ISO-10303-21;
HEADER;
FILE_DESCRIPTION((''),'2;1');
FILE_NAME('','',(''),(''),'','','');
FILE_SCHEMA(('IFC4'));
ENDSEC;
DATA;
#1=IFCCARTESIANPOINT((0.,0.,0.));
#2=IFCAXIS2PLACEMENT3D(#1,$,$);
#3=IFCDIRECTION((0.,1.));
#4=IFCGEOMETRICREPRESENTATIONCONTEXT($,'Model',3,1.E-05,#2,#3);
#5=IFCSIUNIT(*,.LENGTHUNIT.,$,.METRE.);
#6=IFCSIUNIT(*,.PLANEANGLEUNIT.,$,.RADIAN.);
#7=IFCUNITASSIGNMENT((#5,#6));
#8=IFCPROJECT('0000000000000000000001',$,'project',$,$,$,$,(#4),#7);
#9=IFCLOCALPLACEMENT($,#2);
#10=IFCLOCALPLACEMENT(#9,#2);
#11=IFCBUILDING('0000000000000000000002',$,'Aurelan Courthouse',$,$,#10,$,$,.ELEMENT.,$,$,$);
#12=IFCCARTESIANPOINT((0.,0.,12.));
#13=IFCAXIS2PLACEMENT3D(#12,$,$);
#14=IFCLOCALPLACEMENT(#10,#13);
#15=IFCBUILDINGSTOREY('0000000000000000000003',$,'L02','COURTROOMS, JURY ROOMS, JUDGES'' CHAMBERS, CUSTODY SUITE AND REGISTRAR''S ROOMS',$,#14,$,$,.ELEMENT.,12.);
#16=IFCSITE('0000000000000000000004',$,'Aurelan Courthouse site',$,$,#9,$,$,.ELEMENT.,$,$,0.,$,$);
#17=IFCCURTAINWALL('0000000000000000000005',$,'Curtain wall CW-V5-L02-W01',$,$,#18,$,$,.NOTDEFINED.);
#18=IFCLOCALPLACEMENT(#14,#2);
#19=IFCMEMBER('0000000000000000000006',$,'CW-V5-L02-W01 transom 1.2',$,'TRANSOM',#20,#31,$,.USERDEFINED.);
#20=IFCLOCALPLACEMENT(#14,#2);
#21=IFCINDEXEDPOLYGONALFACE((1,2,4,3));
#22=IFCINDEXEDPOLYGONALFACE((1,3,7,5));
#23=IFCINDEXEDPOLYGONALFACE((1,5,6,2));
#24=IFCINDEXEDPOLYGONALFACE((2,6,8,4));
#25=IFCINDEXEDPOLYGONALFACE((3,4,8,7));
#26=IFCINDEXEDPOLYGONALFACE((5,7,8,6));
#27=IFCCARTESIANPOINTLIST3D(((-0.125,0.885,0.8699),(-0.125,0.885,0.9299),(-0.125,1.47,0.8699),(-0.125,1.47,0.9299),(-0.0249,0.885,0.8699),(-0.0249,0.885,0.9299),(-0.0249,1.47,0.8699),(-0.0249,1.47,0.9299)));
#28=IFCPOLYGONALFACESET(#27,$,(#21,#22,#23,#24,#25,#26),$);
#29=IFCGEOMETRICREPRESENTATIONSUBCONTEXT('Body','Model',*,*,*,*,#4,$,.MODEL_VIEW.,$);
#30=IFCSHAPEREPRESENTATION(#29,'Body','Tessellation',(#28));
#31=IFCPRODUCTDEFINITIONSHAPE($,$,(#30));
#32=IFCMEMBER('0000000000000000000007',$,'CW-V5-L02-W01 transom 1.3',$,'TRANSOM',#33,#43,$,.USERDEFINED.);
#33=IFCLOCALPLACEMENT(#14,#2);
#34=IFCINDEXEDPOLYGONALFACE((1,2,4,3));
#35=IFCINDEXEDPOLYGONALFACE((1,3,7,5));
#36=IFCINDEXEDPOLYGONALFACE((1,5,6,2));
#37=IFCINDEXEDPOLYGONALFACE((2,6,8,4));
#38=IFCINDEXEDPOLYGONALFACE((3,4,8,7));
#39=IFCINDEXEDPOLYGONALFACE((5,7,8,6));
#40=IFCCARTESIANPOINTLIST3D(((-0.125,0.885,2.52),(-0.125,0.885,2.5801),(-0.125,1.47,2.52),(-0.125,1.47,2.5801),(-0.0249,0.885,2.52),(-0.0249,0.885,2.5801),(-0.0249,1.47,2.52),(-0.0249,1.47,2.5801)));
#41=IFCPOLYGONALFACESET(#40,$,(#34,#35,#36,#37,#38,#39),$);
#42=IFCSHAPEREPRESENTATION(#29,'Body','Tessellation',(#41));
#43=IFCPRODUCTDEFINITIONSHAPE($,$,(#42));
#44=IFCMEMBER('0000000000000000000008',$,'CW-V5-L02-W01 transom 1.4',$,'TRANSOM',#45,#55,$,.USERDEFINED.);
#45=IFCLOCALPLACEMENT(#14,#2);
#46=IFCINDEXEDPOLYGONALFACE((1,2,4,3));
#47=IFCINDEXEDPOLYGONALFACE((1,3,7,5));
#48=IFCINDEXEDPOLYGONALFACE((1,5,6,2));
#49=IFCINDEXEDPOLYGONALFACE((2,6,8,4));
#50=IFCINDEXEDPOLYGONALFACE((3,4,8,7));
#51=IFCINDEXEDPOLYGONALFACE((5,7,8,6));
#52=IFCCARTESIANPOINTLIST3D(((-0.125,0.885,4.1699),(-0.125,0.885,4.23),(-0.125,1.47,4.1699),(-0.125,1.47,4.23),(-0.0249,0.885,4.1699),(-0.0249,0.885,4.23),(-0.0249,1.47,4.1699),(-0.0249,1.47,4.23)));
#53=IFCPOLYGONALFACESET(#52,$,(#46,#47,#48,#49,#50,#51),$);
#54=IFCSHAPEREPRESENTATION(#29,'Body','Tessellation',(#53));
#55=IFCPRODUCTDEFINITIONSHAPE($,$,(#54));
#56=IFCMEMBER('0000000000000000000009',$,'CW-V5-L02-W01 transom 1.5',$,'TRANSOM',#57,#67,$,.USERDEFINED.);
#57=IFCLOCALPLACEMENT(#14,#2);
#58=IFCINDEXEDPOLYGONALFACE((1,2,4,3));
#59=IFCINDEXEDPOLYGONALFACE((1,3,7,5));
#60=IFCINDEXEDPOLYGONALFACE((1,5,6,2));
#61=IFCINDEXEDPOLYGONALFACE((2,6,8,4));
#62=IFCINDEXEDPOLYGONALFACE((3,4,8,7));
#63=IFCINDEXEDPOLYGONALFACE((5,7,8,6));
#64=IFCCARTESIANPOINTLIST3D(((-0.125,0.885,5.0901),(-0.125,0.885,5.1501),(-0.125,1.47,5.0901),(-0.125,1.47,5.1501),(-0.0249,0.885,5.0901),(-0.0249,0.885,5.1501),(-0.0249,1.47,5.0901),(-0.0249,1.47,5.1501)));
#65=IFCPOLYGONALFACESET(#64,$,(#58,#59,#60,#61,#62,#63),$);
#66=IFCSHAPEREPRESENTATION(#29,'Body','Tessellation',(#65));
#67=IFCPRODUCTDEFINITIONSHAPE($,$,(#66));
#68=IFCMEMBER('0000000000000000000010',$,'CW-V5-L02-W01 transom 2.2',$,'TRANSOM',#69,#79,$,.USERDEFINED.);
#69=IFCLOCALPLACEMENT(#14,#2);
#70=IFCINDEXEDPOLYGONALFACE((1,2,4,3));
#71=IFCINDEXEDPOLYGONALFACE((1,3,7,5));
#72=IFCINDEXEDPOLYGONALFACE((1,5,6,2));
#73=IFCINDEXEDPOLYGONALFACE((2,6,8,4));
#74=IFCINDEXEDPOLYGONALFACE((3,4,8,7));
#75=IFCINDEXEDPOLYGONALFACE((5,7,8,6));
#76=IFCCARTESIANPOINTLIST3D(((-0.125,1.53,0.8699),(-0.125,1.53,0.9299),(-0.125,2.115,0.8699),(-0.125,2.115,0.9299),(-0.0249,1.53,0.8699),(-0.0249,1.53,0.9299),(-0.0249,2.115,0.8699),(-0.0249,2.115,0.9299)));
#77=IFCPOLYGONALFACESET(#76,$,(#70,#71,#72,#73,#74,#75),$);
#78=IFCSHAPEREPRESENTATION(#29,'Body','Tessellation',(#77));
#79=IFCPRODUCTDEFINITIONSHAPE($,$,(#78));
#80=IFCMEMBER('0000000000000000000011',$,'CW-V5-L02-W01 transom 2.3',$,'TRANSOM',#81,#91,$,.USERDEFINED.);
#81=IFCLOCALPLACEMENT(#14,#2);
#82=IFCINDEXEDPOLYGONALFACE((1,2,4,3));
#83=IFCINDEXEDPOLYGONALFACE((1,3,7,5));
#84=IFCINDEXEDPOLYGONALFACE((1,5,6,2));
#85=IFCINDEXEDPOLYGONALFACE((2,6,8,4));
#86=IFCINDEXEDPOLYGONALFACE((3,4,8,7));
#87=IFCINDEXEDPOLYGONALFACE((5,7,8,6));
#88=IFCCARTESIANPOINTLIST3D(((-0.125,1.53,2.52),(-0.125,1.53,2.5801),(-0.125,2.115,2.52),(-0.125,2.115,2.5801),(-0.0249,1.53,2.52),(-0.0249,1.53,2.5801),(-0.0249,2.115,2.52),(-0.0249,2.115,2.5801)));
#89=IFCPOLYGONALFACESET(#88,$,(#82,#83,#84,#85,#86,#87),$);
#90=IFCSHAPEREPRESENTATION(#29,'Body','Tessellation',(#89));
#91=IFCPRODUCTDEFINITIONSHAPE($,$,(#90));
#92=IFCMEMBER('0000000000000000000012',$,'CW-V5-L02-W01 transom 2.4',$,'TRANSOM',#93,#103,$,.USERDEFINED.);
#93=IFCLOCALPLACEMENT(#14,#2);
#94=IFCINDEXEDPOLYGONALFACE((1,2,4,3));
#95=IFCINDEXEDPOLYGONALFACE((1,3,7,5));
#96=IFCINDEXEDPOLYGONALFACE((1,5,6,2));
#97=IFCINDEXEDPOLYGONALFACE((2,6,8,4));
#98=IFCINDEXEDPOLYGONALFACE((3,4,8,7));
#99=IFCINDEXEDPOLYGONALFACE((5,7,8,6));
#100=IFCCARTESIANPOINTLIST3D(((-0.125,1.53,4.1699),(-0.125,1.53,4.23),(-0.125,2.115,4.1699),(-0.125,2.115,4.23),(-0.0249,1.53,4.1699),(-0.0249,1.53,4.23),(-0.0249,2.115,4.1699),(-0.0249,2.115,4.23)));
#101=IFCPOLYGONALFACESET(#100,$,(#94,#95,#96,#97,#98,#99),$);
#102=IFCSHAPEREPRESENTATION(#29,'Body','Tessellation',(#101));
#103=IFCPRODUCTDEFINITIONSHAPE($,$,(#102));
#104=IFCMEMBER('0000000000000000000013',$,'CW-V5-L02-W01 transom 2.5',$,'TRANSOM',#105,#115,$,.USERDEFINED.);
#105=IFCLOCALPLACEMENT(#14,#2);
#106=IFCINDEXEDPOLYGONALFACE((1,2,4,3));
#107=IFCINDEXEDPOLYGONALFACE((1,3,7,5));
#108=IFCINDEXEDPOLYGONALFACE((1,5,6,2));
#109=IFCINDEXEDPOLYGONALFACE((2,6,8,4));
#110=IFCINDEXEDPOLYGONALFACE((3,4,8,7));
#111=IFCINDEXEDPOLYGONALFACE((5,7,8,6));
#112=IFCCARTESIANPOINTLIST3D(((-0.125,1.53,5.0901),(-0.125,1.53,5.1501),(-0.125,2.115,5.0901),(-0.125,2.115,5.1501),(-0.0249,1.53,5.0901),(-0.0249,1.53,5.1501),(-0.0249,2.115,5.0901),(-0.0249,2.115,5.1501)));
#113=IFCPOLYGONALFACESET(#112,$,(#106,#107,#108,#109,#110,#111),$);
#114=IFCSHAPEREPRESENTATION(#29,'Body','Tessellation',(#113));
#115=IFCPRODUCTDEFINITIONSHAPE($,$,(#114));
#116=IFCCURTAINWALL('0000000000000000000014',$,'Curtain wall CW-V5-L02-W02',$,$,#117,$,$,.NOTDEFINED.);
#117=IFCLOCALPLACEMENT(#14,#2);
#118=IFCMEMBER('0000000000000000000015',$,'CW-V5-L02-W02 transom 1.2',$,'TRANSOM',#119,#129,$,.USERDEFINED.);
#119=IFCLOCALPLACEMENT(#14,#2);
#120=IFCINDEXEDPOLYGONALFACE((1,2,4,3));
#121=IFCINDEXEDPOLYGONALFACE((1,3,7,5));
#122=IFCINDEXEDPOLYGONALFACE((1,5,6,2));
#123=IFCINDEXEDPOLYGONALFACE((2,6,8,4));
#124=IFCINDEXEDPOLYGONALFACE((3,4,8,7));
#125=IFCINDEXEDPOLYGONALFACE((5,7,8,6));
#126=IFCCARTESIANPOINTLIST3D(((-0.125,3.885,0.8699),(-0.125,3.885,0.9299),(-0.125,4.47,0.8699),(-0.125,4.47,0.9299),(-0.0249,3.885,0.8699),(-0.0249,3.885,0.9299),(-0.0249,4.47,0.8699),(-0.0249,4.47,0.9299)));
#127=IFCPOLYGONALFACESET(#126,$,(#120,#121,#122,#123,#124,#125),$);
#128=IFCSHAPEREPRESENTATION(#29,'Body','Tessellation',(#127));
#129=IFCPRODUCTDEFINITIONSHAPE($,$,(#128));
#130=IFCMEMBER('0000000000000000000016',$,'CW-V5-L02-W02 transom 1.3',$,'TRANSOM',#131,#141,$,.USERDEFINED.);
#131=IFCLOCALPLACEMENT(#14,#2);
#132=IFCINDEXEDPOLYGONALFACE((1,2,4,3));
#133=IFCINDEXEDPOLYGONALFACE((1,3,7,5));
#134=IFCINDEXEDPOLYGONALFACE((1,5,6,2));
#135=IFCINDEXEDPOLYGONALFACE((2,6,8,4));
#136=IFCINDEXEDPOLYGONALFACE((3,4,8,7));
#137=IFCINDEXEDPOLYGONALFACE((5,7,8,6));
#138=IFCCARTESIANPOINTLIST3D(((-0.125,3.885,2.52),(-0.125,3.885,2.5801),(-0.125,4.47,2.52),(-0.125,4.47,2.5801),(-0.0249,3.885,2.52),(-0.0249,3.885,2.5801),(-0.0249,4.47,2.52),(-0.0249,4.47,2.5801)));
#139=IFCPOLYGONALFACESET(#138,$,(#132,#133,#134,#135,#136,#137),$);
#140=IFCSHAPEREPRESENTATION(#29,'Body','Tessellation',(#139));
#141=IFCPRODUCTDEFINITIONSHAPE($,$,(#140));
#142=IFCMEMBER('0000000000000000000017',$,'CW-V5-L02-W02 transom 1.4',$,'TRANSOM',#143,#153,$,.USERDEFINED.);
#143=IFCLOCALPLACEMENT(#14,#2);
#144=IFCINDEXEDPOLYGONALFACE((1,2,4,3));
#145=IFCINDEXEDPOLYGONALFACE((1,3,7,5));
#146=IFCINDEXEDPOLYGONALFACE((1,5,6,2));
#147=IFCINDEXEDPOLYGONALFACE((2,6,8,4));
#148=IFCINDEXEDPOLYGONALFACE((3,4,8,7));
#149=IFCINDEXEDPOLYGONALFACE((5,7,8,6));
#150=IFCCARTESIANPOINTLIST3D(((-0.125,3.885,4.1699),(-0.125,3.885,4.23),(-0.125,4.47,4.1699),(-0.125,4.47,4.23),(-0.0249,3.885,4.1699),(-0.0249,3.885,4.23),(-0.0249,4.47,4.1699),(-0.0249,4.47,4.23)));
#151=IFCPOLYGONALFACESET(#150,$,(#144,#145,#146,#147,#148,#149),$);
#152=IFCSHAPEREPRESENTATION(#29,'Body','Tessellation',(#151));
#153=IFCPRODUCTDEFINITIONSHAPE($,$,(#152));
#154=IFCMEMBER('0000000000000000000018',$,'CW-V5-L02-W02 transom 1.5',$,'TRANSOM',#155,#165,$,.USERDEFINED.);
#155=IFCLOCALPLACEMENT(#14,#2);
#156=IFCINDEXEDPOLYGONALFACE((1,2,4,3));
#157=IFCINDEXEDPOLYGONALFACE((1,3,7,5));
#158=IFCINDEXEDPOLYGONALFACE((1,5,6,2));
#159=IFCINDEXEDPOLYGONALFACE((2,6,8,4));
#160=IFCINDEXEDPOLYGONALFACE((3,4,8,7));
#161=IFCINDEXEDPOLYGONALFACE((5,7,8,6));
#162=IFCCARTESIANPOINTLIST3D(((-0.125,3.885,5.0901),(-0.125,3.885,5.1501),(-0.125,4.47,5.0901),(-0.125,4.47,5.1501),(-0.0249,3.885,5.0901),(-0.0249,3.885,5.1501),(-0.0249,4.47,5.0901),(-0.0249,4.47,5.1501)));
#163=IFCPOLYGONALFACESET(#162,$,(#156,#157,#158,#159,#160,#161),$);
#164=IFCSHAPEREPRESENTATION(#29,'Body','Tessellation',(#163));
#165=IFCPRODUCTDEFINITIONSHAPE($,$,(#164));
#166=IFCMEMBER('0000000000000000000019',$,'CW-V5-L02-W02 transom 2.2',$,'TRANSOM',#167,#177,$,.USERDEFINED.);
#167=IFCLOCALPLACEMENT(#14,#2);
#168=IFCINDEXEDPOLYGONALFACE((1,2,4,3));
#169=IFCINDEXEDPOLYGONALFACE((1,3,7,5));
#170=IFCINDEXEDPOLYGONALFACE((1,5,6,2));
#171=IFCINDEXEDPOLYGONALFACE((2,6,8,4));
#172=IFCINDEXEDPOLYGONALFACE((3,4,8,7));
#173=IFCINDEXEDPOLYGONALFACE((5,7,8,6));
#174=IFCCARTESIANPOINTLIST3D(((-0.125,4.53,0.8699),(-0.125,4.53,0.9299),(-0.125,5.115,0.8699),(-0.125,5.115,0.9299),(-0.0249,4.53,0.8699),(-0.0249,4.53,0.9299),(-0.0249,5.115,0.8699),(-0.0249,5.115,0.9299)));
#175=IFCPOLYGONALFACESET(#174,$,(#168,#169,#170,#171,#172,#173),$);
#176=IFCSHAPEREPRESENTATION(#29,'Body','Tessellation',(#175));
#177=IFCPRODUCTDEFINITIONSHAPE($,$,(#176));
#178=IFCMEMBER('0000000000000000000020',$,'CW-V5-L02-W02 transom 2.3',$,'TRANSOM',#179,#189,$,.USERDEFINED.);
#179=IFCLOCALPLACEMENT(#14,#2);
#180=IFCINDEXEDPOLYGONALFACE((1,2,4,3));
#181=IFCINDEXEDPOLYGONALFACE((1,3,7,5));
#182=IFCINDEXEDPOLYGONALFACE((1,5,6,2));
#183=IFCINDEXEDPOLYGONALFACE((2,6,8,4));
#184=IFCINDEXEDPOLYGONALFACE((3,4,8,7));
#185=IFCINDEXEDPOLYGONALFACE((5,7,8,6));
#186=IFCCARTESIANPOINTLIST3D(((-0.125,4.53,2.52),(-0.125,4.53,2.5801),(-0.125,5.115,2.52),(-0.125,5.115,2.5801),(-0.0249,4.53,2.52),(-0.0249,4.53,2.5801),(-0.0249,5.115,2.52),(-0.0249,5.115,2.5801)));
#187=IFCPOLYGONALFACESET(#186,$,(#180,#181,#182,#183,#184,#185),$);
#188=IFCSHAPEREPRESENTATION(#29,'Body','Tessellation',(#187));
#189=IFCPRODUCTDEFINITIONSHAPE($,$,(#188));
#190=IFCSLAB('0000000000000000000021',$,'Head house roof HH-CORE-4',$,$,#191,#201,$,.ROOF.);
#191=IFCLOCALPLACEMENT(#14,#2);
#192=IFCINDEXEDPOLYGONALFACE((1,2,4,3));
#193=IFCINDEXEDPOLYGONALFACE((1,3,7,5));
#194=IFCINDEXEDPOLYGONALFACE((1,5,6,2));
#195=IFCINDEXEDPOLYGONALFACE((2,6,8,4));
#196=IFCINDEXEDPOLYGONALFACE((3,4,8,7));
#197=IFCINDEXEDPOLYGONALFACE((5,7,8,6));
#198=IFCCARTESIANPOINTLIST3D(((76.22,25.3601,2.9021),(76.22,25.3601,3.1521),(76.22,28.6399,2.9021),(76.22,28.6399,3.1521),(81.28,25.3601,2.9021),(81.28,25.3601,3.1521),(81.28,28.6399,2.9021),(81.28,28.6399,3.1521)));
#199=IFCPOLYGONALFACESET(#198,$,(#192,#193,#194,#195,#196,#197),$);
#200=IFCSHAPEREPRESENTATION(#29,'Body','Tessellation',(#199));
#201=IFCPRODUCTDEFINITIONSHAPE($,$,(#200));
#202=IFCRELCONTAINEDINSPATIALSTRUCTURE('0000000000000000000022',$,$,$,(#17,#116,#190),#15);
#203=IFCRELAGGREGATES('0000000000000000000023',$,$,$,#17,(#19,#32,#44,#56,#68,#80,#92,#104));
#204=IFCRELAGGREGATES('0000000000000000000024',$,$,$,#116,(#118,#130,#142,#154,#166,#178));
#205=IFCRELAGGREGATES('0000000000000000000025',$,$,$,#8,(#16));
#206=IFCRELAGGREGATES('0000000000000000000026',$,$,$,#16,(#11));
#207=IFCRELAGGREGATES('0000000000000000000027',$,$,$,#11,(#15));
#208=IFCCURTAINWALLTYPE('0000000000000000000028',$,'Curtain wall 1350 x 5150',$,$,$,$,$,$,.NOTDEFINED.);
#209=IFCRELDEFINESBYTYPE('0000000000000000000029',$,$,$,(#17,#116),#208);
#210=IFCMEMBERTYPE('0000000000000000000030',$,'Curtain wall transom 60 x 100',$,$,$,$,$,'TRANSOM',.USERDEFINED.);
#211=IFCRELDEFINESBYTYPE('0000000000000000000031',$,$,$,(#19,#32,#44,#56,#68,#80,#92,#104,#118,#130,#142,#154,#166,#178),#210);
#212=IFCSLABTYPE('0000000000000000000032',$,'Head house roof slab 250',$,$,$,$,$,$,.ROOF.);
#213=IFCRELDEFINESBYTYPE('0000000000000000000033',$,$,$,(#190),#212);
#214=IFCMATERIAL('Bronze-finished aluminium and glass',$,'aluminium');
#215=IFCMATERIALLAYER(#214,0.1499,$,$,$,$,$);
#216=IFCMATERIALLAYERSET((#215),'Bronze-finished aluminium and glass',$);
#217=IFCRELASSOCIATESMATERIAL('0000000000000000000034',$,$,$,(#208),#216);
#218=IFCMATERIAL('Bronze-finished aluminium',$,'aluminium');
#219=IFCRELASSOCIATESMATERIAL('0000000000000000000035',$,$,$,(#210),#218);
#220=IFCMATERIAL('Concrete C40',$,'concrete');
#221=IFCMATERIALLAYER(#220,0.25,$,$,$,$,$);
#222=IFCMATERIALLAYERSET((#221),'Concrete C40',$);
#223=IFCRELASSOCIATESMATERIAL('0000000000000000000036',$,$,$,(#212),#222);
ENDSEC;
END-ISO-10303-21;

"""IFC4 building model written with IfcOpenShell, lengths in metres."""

from ifc_helpers import new_model, si_unit, direction, frame, origin, origin_2d, place, context, subcontext, project, spatial, polyline, rectangle, outline, extrude, material, layer, layer_set, material_profile, profile_set, type_object, element, aggregate, save


model = new_model("IFC4")

# Units and contexts
model_context = context("Model", 3, precision=1e-05, world=origin(), true_north=direction((0.0, 1.0)))
body_context = subcontext(model_context, "Body", "Model", "MODEL_VIEW")
ifc_project = project(units=[si_unit("LENGTHUNIT", "METRE"), si_unit("PLANEANGLEUNIT", "RADIAN")], contexts=[model_context])

# Site, building, storey
site_placement = place(None, origin())
site = spatial("IfcSite", under=ifc_project, at=site_placement, Name="Aurelan Courthouse site", CompositionType="ELEMENT", RefElevation=0.0)
building_placement = place(site_placement, origin())
building = spatial("IfcBuilding", under=site, at=building_placement, Name="Aurelan Courthouse", CompositionType="ELEMENT")
storey_placement = place(building_placement, frame((0.0, 0.0, 12.0)))
storey = spatial("IfcBuildingStorey", under=building, at=storey_placement, Name="L02", Description="COURTROOMS, JURY ROOMS, JUDGES' CHAMBERS, CUSTODY SUITE AND REGISTRAR'S ROOMS", CompositionType="ELEMENT", Elevation=12.0)

# Curtain walls, members
ifc_material_1 = material(Name="Bronze-finished aluminium and glass", Category="aluminium")
ifc_layer_1 = layer(ifc_material_1, 0.1499)
ifc_layer_set_1 = layer_set([ifc_layer_1], Name="Bronze-finished aluminium and glass")
curtain_wall_type = type_object("IfcCurtainWallType", Name="Curtain wall 1350 x 5150", PredefinedType="NOTDEFINED", material=ifc_layer_set_1)
curtain_wall_1_placement = place(storey_placement, origin())
curtain_wall_1 = element("IfcCurtainWall", 1, at=curtain_wall_1_placement, inside=storey, type_object=curtain_wall_type, Name="Curtain wall CW-V5-L02-W01", PredefinedType="NOTDEFINED")
ifc_material_2 = material(Name="Bronze-finished aluminium", Category="aluminium")
ifc_material_profile = material_profile(ifc_material_2, rectangle(XDim=0.1001, YDim=0.0601, at=origin_2d()), Name="Bronze transom 60 x 100")
ifc_profile_set = profile_set([ifc_material_profile], Name="Bronze-finished aluminium")
member_type = type_object("IfcMemberType", Name="Curtain wall transom 60 x 100", ElementType="TRANSOM", PredefinedType="USERDEFINED", material=ifc_profile_set)
member_1_placement = place(storey_placement, frame((-0.075, 0.885, 0.8999), z_axis=(0.0, 1.0, 0.0), x_axis=(-1.0, 0.0, 0.0)))
member_1 = element("IfcMember", 2, at=member_1_placement, type_object=member_type, Name="CW-V5-L02-W01 transom 1.2", ObjectType="TRANSOM", PredefinedType="USERDEFINED", context=body_context, shape_type="SweptSolid", body=[
    extrude(rectangle(XDim=0.1001, YDim=0.0601, at=origin_2d()), origin(), (0.0, 0.0, 1.0), 0.585),
])
member_2_placement = place(storey_placement, frame((-0.075, 0.885, 2.55), z_axis=(0.0, 1.0, 0.0), x_axis=(-1.0, 0.0, 0.0)))
member_2 = element("IfcMember", 3, at=member_2_placement, type_object=member_type, Name="CW-V5-L02-W01 transom 1.3", ObjectType="TRANSOM", PredefinedType="USERDEFINED", context=body_context, shape_type="SweptSolid", body=[
    extrude(rectangle(XDim=0.1001, YDim=0.0601, at=origin_2d()), origin(), (0.0, 0.0, 1.0), 0.585),
])
member_3_placement = place(storey_placement, frame((-0.075, 0.885, 4.2), z_axis=(0.0, 1.0, 0.0), x_axis=(-1.0, 0.0, 0.0)))
member_3 = element("IfcMember", 4, at=member_3_placement, type_object=member_type, Name="CW-V5-L02-W01 transom 1.4", ObjectType="TRANSOM", PredefinedType="USERDEFINED", context=body_context, shape_type="SweptSolid", body=[
    extrude(rectangle(XDim=0.1001, YDim=0.0601, at=origin_2d()), origin(), (0.0, 0.0, 1.0), 0.585),
])
member_4_placement = place(storey_placement, frame((-0.075, 0.885, 5.1201), z_axis=(0.0, 1.0, 0.0), x_axis=(-1.0, 0.0, 0.0)))
member_4 = element("IfcMember", 5, at=member_4_placement, type_object=member_type, Name="CW-V5-L02-W01 transom 1.5", ObjectType="TRANSOM", PredefinedType="USERDEFINED", context=body_context, shape_type="SweptSolid", body=[
    extrude(rectangle(XDim=0.1001, YDim=0.0601, at=origin_2d()), origin(), (0.0, 0.0, 1.0), 0.585),
])
member_5_placement = place(storey_placement, frame((-0.075, 1.53, 0.8999), z_axis=(0.0, 1.0, 0.0), x_axis=(-1.0, 0.0, 0.0)))
member_5 = element("IfcMember", 6, at=member_5_placement, type_object=member_type, Name="CW-V5-L02-W01 transom 2.2", ObjectType="TRANSOM", PredefinedType="USERDEFINED", context=body_context, shape_type="SweptSolid", body=[
    extrude(rectangle(XDim=0.1001, YDim=0.0601, at=origin_2d()), origin(), (0.0, 0.0, 1.0), 0.585),
])
member_6_placement = place(storey_placement, frame((-0.075, 1.53, 2.55), z_axis=(0.0, 1.0, 0.0), x_axis=(-1.0, 0.0, 0.0)))
member_6 = element("IfcMember", 7, at=member_6_placement, type_object=member_type, Name="CW-V5-L02-W01 transom 2.3", ObjectType="TRANSOM", PredefinedType="USERDEFINED", context=body_context, shape_type="SweptSolid", body=[
    extrude(rectangle(XDim=0.1001, YDim=0.0601, at=origin_2d()), origin(), (0.0, 0.0, 1.0), 0.585),
])
member_7_placement = place(storey_placement, frame((-0.075, 1.53, 4.2), z_axis=(0.0, 1.0, 0.0), x_axis=(-1.0, 0.0, 0.0)))
member_7 = element("IfcMember", 8, at=member_7_placement, type_object=member_type, Name="CW-V5-L02-W01 transom 2.4", ObjectType="TRANSOM", PredefinedType="USERDEFINED", context=body_context, shape_type="SweptSolid", body=[
    extrude(rectangle(XDim=0.1001, YDim=0.0601, at=origin_2d()), origin(), (0.0, 0.0, 1.0), 0.585),
])
member_8_placement = place(storey_placement, frame((-0.075, 1.53, 5.1201), z_axis=(0.0, 1.0, 0.0), x_axis=(-1.0, 0.0, 0.0)))
member_8 = element("IfcMember", 9, at=member_8_placement, type_object=member_type, Name="CW-V5-L02-W01 transom 2.5", ObjectType="TRANSOM", PredefinedType="USERDEFINED", context=body_context, shape_type="SweptSolid", body=[
    extrude(rectangle(XDim=0.1001, YDim=0.0601, at=origin_2d()), origin(), (0.0, 0.0, 1.0), 0.585),
])
curtain_wall_2_placement = place(storey_placement, origin())
curtain_wall_2 = element("IfcCurtainWall", 10, at=curtain_wall_2_placement, inside=storey, type_object=curtain_wall_type, Name="Curtain wall CW-V5-L02-W02", PredefinedType="NOTDEFINED")
member_9_placement = place(storey_placement, frame((-0.075, 3.885, 0.8999), z_axis=(0.0, 1.0, 0.0), x_axis=(-1.0, 0.0, 0.0)))
member_9 = element("IfcMember", 11, at=member_9_placement, type_object=member_type, Name="CW-V5-L02-W02 transom 1.2", ObjectType="TRANSOM", PredefinedType="USERDEFINED", context=body_context, shape_type="SweptSolid", body=[
    extrude(rectangle(XDim=0.1001, YDim=0.0601, at=origin_2d()), origin(), (0.0, 0.0, 1.0), 0.585),
])
member_10_placement = place(storey_placement, frame((-0.075, 3.885, 2.55), z_axis=(0.0, 1.0, 0.0), x_axis=(-1.0, 0.0, 0.0)))
member_10 = element("IfcMember", 12, at=member_10_placement, type_object=member_type, Name="CW-V5-L02-W02 transom 1.3", ObjectType="TRANSOM", PredefinedType="USERDEFINED", context=body_context, shape_type="SweptSolid", body=[
    extrude(rectangle(XDim=0.1001, YDim=0.0601, at=origin_2d()), origin(), (0.0, 0.0, 1.0), 0.585),
])
member_11_placement = place(storey_placement, frame((-0.075, 3.885, 4.2), z_axis=(0.0, 1.0, 0.0), x_axis=(-1.0, 0.0, 0.0)))
member_11 = element("IfcMember", 13, at=member_11_placement, type_object=member_type, Name="CW-V5-L02-W02 transom 1.4", ObjectType="TRANSOM", PredefinedType="USERDEFINED", context=body_context, shape_type="SweptSolid", body=[
    extrude(rectangle(XDim=0.1001, YDim=0.0601, at=origin_2d()), origin(), (0.0, 0.0, 1.0), 0.585),
])
member_12_placement = place(storey_placement, frame((-0.075, 3.885, 5.1201), z_axis=(0.0, 1.0, 0.0), x_axis=(-1.0, 0.0, 0.0)))
member_12 = element("IfcMember", 14, at=member_12_placement, type_object=member_type, Name="CW-V5-L02-W02 transom 1.5", ObjectType="TRANSOM", PredefinedType="USERDEFINED", context=body_context, shape_type="SweptSolid", body=[
    extrude(rectangle(XDim=0.1001, YDim=0.0601, at=origin_2d()), origin(), (0.0, 0.0, 1.0), 0.585),
])
member_13_placement = place(storey_placement, frame((-0.075, 4.53, 0.8999), z_axis=(0.0, 1.0, 0.0), x_axis=(-1.0, 0.0, 0.0)))
member_13 = element("IfcMember", 15, at=member_13_placement, type_object=member_type, Name="CW-V5-L02-W02 transom 2.2", ObjectType="TRANSOM", PredefinedType="USERDEFINED", context=body_context, shape_type="SweptSolid", body=[
    extrude(rectangle(XDim=0.1001, YDim=0.0601, at=origin_2d()), origin(), (0.0, 0.0, 1.0), 0.585),
])
member_14_placement = place(storey_placement, frame((-0.075, 4.53, 2.55), z_axis=(0.0, 1.0, 0.0), x_axis=(-1.0, 0.0, 0.0)))
member_14 = element("IfcMember", 16, at=member_14_placement, type_object=member_type, Name="CW-V5-L02-W02 transom 2.3", ObjectType="TRANSOM", PredefinedType="USERDEFINED", context=body_context, shape_type="SweptSolid", body=[
    extrude(rectangle(XDim=0.1001, YDim=0.0601, at=origin_2d()), origin(), (0.0, 0.0, 1.0), 0.585),
])

# Slab
ifc_material_3 = material(Name="Concrete C40", Category="concrete")
ifc_layer_2 = layer(ifc_material_3, 0.25)
ifc_layer_set_2 = layer_set([ifc_layer_2], Name="Concrete C40")
slab_type_1 = type_object("IfcSlabType", Name="Head house roof slab 250", PredefinedType="ROOF", material=ifc_layer_set_2)
slab_1_placement = place(storey_placement, frame((0.0, 0.0, 2.9021)))
element("IfcSlab", 17, at=slab_1_placement, inside=storey, type_object=slab_type_1, Name="Head house roof HH-CORE-4", PredefinedType="ROOF", context=body_context, shape_type="SweptSolid", body=[
    extrude(outline(polyline([(76.22, 25.3601), (81.28, 25.3601), (81.28, 28.6399), (76.22, 28.6399), (76.22, 25.3601)])), origin(), (0.0, 0.0, 1.0), 0.25),
])

aggregate(curtain_wall_1, [member_1, member_2, member_3, member_4, member_5, member_6, member_7, member_8])
aggregate(curtain_wall_2, [member_9, member_10, member_11, member_12, member_13, member_14])

save(model, "model.ifc")
